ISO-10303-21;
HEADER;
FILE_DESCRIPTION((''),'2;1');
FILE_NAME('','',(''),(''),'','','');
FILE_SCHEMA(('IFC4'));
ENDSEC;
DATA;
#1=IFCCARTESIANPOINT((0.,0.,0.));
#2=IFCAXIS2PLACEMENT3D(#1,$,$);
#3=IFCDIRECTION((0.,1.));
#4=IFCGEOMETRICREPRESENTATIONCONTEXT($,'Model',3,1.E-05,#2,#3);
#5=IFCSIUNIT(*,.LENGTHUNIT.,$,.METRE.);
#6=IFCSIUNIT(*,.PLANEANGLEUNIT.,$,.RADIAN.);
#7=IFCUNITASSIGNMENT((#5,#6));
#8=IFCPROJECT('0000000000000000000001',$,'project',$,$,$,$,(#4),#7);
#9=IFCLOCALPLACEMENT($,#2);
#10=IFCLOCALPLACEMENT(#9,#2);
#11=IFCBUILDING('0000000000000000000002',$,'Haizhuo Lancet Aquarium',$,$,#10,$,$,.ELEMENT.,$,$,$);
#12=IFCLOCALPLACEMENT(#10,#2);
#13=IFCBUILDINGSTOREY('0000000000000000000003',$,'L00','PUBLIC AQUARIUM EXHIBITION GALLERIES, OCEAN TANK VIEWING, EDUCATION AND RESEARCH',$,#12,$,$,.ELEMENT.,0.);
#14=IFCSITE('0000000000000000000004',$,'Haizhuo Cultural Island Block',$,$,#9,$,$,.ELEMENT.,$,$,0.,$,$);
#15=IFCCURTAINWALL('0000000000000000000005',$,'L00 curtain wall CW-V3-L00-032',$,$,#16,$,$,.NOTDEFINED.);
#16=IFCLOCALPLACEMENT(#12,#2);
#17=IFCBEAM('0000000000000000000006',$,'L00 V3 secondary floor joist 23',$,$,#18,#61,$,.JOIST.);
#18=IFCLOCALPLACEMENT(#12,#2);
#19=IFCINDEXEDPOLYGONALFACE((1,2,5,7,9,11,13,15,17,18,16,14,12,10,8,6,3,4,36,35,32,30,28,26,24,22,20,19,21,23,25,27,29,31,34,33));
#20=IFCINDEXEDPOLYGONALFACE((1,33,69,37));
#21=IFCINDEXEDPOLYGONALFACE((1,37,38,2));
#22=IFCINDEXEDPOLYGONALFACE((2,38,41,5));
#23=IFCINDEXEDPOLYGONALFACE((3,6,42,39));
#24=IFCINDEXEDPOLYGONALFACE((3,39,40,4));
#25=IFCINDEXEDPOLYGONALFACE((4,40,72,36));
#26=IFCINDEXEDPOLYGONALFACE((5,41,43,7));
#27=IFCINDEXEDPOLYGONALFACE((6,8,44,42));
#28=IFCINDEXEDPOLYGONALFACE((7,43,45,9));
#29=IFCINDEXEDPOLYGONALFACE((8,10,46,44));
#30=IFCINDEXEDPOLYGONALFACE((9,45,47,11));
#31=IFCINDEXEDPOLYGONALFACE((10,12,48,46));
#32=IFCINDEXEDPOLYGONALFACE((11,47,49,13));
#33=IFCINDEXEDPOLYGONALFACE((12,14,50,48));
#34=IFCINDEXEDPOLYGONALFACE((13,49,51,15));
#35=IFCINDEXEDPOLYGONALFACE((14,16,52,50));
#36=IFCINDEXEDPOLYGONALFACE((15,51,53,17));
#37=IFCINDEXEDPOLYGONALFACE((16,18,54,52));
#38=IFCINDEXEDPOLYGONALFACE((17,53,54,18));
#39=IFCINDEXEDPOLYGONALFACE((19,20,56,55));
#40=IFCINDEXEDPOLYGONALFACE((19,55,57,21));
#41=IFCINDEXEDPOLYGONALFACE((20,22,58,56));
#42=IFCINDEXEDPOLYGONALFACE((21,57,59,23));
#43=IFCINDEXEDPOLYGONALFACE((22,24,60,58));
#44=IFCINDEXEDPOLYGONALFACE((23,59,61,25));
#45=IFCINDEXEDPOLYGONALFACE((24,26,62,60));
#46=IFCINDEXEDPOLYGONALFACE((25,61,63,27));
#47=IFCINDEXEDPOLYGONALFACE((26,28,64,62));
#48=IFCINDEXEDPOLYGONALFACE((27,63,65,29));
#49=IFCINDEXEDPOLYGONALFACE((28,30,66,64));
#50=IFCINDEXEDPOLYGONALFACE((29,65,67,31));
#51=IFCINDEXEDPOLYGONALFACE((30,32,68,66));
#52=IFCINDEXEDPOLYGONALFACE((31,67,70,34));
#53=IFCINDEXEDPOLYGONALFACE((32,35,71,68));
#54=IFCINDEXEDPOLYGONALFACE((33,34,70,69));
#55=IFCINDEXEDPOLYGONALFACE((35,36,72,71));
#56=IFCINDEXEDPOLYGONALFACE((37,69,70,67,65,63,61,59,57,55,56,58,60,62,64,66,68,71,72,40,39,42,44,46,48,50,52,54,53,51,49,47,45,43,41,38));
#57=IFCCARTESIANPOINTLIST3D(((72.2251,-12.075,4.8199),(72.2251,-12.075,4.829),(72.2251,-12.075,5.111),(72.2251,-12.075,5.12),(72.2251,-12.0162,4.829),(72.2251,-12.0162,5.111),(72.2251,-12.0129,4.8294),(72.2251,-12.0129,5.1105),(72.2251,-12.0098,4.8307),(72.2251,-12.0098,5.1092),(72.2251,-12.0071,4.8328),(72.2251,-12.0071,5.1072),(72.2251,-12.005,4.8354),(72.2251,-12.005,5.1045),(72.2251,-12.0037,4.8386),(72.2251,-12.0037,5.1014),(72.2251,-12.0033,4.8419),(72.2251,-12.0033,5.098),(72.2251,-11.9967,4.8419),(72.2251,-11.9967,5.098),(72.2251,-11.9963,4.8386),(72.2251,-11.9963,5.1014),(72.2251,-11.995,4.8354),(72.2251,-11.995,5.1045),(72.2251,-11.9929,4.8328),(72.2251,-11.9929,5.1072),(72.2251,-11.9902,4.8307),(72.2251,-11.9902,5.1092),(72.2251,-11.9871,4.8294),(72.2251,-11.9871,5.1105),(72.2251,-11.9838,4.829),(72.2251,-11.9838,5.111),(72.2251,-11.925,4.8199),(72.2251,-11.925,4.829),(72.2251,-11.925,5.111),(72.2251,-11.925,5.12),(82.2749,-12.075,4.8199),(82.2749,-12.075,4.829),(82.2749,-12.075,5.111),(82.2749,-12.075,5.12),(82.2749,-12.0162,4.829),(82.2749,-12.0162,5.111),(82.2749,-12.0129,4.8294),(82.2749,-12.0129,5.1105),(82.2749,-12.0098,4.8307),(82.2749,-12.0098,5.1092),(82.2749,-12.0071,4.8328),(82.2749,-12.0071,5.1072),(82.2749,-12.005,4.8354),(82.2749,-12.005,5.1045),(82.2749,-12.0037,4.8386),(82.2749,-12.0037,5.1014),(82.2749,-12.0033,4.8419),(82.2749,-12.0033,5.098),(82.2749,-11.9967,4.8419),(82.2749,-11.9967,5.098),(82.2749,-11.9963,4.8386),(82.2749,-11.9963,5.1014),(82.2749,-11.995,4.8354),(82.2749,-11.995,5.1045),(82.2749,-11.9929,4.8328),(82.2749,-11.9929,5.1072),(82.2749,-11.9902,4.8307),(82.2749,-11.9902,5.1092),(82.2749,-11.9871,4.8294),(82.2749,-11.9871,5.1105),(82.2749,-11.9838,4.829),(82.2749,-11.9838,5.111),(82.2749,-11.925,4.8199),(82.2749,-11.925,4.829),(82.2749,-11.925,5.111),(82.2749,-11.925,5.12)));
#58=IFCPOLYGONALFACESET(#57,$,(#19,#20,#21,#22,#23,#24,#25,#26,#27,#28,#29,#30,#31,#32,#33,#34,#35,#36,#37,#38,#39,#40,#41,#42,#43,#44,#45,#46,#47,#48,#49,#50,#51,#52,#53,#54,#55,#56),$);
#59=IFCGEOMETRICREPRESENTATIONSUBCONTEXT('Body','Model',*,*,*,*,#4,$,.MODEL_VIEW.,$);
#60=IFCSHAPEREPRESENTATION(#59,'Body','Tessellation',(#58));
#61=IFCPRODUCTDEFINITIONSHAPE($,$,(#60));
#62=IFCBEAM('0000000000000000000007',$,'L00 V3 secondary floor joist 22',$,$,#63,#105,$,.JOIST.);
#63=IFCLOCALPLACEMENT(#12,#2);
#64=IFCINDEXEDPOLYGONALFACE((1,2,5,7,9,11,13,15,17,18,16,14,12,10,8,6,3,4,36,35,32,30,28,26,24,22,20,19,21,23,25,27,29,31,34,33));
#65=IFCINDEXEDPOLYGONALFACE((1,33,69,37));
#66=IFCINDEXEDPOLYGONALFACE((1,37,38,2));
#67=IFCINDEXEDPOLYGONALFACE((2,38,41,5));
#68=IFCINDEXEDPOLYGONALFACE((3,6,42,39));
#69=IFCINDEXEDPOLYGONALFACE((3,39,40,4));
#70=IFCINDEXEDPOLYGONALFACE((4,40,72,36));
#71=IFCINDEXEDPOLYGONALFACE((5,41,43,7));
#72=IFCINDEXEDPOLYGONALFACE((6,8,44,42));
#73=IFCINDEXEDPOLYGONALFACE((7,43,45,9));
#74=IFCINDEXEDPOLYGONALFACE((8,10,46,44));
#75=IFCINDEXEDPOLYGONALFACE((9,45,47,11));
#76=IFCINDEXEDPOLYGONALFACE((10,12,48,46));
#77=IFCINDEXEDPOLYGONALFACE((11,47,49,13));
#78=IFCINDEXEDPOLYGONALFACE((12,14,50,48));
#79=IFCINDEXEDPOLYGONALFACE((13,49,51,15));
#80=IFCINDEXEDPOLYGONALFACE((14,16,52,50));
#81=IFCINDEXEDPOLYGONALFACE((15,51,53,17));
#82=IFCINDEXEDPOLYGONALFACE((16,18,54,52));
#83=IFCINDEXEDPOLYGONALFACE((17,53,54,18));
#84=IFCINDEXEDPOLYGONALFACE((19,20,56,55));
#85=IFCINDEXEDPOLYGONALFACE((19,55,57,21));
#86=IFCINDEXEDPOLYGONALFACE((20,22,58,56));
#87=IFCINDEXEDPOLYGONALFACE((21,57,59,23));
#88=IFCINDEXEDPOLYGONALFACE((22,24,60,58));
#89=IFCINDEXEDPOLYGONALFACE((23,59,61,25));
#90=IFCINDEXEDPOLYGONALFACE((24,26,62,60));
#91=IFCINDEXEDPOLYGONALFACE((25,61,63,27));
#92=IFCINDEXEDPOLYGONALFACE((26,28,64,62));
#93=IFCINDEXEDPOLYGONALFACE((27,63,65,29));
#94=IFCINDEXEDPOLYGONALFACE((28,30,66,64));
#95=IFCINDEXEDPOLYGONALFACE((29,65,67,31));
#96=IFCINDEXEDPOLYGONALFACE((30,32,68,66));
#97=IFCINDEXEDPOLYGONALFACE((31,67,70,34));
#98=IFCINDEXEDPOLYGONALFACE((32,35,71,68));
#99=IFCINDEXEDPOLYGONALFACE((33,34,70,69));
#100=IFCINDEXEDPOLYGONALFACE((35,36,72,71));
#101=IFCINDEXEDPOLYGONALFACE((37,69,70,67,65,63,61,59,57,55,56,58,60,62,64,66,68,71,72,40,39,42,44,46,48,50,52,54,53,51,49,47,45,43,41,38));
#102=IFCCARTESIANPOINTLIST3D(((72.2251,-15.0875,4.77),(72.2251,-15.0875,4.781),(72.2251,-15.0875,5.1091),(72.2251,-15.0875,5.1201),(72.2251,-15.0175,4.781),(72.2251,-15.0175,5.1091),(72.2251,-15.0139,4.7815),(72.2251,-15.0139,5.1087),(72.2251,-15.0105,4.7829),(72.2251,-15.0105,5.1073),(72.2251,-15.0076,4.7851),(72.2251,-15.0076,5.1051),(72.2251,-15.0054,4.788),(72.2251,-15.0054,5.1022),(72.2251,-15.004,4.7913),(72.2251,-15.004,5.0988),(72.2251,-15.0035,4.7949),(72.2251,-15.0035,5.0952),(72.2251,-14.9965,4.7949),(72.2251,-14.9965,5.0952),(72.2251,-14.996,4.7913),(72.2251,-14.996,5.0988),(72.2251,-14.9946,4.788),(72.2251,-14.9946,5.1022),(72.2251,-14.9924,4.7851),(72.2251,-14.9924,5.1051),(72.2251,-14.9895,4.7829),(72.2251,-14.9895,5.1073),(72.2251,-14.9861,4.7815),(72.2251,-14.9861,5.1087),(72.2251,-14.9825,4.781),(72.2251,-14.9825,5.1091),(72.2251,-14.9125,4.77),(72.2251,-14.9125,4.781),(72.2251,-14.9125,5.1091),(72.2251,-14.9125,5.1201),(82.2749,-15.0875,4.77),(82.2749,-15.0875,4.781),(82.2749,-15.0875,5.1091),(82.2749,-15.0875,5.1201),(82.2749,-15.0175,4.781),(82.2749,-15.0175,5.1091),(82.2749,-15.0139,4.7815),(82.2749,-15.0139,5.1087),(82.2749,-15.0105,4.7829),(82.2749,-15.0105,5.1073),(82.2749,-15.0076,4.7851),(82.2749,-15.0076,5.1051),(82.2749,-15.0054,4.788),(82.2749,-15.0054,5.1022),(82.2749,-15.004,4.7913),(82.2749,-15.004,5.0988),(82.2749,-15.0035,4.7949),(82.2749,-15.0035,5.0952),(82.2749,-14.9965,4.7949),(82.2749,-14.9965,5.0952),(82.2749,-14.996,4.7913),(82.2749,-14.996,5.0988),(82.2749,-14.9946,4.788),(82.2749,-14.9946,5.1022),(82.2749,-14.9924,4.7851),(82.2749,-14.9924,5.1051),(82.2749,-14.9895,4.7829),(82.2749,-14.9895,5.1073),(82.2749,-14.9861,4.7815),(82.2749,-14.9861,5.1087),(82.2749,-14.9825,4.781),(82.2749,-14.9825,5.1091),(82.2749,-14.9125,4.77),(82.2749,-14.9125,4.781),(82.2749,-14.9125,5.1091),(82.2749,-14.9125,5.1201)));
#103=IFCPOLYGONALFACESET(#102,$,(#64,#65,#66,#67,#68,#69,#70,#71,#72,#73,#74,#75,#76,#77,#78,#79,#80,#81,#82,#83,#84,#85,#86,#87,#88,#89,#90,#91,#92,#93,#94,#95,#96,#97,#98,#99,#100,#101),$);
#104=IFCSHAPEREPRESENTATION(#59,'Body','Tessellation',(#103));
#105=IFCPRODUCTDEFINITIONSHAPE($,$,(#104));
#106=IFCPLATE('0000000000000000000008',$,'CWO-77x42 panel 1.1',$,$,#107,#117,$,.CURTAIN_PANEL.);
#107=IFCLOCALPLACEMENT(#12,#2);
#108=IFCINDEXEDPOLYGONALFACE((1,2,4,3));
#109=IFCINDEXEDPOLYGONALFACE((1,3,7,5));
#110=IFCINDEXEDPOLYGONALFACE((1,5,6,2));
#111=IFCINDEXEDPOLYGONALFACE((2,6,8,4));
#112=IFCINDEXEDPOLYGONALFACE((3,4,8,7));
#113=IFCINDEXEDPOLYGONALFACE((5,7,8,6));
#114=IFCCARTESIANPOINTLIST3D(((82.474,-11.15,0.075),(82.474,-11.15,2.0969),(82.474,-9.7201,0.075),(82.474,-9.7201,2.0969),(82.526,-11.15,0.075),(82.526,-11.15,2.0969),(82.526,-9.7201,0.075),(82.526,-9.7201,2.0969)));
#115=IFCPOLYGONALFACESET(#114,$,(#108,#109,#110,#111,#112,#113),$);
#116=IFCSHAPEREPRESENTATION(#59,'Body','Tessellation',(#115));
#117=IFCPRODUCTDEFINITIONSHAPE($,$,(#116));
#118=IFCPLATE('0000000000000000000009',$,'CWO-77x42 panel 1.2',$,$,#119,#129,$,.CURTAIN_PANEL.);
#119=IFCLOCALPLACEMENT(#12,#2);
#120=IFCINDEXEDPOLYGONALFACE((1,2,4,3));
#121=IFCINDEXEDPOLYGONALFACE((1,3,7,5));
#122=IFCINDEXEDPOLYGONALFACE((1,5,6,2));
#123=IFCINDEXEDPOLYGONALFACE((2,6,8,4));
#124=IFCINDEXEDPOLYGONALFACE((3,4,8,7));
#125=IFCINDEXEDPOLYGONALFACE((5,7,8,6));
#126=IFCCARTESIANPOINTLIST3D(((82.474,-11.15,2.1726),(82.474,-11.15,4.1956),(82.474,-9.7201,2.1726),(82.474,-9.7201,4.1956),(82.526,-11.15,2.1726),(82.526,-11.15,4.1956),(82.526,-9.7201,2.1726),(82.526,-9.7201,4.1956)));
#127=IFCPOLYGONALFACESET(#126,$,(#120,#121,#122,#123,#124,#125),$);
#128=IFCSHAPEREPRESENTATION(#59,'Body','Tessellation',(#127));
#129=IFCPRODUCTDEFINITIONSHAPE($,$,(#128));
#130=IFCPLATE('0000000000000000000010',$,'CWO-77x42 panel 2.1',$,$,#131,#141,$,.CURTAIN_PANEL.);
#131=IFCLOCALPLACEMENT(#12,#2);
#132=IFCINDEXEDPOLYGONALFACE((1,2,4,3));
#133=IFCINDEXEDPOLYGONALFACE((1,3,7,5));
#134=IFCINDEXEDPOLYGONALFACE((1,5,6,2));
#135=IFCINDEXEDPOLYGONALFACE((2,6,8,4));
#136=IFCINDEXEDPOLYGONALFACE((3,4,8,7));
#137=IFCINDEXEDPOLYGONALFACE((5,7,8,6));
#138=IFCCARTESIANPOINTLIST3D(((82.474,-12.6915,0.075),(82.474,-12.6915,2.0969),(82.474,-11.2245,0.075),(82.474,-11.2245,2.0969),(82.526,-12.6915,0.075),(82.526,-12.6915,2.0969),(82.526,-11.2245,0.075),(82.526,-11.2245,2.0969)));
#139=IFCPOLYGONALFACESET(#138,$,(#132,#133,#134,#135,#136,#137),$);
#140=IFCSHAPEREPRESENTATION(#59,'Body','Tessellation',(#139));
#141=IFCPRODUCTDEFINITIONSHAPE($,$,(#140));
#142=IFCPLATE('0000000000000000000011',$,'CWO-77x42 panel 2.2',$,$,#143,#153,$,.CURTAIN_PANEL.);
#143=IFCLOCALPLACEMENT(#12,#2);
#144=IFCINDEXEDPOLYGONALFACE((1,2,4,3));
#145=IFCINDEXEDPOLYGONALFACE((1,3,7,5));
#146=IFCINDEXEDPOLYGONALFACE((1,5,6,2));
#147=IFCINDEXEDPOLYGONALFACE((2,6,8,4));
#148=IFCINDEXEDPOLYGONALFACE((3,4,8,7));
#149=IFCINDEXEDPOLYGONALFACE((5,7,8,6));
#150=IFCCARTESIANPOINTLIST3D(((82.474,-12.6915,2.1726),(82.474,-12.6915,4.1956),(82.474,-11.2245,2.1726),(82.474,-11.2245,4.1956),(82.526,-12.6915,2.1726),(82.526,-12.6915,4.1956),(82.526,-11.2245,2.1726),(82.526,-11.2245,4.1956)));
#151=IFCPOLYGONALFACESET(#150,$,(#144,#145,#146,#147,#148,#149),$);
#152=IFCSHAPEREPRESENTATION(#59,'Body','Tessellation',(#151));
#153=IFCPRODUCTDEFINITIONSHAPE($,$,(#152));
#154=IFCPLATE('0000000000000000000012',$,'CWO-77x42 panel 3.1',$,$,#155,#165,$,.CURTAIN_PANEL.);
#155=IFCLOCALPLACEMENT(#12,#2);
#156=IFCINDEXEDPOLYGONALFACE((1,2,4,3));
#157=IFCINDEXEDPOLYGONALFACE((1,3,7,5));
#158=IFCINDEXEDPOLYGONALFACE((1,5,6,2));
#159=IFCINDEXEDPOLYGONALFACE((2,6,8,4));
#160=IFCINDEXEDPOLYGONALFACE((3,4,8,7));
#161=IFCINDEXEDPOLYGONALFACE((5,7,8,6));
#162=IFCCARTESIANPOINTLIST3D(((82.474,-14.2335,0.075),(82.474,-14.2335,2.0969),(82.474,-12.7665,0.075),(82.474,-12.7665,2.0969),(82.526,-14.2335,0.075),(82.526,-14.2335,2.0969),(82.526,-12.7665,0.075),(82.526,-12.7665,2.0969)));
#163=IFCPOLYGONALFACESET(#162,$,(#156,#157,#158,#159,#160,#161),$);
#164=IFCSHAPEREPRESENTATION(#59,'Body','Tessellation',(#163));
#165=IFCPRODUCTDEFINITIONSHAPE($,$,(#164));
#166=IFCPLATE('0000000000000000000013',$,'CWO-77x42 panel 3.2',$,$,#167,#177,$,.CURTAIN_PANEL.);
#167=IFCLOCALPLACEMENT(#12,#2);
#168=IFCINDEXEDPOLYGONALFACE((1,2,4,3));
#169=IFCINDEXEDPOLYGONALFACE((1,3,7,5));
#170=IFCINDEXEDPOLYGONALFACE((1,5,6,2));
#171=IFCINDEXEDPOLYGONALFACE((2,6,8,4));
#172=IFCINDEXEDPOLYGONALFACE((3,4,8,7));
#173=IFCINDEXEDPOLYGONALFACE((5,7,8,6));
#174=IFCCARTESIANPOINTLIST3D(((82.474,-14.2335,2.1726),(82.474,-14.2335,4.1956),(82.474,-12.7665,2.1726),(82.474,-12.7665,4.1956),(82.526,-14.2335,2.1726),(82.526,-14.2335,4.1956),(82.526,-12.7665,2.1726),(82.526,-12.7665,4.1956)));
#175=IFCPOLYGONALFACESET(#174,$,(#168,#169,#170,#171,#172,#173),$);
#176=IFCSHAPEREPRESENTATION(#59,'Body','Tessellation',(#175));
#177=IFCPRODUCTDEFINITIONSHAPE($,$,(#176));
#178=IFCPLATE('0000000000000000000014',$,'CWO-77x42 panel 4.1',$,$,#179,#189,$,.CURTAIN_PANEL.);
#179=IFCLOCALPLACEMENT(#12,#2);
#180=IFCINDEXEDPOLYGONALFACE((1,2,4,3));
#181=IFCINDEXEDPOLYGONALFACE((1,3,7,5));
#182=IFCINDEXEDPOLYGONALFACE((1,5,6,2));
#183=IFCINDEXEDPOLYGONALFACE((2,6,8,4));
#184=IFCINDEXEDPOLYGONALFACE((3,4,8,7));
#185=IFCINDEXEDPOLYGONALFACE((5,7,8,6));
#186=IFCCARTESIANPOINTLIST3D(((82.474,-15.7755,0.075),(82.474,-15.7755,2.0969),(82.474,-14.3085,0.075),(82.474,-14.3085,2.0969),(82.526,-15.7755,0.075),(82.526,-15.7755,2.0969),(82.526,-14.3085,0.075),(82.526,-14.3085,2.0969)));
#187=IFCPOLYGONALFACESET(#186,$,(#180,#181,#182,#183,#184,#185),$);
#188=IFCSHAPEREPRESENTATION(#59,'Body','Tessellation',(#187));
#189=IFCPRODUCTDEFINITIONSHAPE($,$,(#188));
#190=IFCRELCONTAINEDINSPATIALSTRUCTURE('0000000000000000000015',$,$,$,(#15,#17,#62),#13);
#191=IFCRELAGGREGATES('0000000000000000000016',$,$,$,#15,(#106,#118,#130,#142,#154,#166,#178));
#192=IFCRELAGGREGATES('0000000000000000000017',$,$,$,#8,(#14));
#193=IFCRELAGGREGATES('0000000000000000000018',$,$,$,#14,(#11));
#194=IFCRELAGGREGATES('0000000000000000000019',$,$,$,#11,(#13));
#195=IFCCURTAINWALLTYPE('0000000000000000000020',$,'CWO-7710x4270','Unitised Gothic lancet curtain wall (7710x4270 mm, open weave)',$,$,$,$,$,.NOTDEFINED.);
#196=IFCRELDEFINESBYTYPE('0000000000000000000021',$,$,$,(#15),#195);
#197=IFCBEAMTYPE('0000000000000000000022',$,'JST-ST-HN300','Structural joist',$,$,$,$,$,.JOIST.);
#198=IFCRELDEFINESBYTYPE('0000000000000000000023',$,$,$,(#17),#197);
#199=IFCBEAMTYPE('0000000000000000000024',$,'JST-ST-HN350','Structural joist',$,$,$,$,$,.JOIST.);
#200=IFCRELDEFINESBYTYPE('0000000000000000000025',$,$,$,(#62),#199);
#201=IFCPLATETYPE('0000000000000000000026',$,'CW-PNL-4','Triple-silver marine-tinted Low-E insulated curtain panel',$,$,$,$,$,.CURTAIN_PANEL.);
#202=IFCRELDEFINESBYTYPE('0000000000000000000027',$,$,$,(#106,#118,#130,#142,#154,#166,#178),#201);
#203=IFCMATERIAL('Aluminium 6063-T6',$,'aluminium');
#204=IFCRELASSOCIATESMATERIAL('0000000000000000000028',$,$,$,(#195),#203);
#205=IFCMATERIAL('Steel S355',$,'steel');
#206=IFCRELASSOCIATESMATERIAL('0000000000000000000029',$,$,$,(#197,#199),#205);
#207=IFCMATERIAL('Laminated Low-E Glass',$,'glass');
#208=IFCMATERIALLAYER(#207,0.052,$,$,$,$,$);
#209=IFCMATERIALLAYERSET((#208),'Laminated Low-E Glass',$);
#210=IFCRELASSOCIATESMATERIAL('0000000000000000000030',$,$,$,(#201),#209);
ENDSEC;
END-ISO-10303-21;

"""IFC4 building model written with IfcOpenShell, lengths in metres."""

from ifc_helpers import new_model, si_unit, direction, frame, origin, origin_2d, place, context, subcontext, project, spatial, rectangle, i_section, extrude, material, layer, layer_set, material_profile, profile_set, type_object, element, aggregate, save


model = new_model("IFC4")

# Units and contexts
model_context = context("Model", 3, precision=1e-05, world=origin(), true_north=direction((0.0, 1.0)))
body_context = subcontext(model_context, "Body", "Model", "MODEL_VIEW")
ifc_project = project(units=[si_unit("LENGTHUNIT", "METRE"), si_unit("PLANEANGLEUNIT", "RADIAN")], contexts=[model_context])

# Site, building, storey
site_placement = place(None, origin())
site = spatial("IfcSite", under=ifc_project, at=site_placement, Name="Haizhuo Cultural Island Block", CompositionType="ELEMENT", RefElevation=0.0)
building_placement = place(site_placement, origin())
building = spatial("IfcBuilding", under=site, at=building_placement, Name="Haizhuo Lancet Aquarium", CompositionType="ELEMENT")
storey_placement = place(building_placement, origin())
storey = spatial("IfcBuildingStorey", under=building, at=storey_placement, Name="L00", Description="PUBLIC AQUARIUM EXHIBITION GALLERIES, OCEAN TANK VIEWING, EDUCATION AND RESEARCH", CompositionType="ELEMENT", Elevation=0.0)

# Curtain wall
ifc_material_1 = material(Name="Aluminium 6063-T6", Category="aluminium")
curtain_wall_type_1 = type_object("IfcCurtainWallType", Name="CWO-7710x4270", Description="Unitised Gothic lancet curtain wall (7710x4270 mm, open weave)", PredefinedType="NOTDEFINED", material=ifc_material_1)
curtain_wall_1_placement = place(storey_placement, origin())
curtain_wall_1 = element("IfcCurtainWall", 1, at=curtain_wall_1_placement, inside=storey, type_object=curtain_wall_type_1, Name="L00 curtain wall CW-V3-L00-032", PredefinedType="NOTDEFINED")

# Beams
ifc_material_2 = material(Name="Steel S355", Category="steel")
ifc_material_profile_1 = material_profile(ifc_material_2, i_section(OverallWidth=0.1499, OverallDepth=0.3, WebThickness=0.0066, FlangeThickness=0.009, FilletRadius=0.0129, at=origin_2d()), Name="HN 300x150x6.5x9")
ifc_profile_set_1 = profile_set([ifc_material_profile_1], Name="Steel S355")
beam_type_1 = type_object("IfcBeamType", Name="JST-ST-HN300", Description="Structural joist", PredefinedType="JOIST", material=ifc_profile_set_1)
beam_1_placement = place(storey_placement, frame((72.2251, -12.0, 4.97), z_axis=(1.0, 0.0, 0.0), x_axis=(0.0, 1.0, 0.0)))
element("IfcBeam", 2, at=beam_1_placement, inside=storey, type_object=beam_type_1, Name="L00 V3 secondary floor joist 23", PredefinedType="JOIST", context=body_context, shape_type="SweptSolid", body=[
    extrude(i_section(OverallWidth=0.1499, OverallDepth=0.3, WebThickness=0.0066, FlangeThickness=0.009, FilletRadius=0.0129, at=origin_2d()), origin(), (0.0, 0.0, 1.0), 10.0498),
])
ifc_material_profile_2 = material_profile(ifc_material_2, i_section(OverallWidth=0.175, OverallDepth=0.3501, WebThickness=0.0071, FlangeThickness=0.011, FilletRadius=0.0139, at=origin_2d()), Name="HN 350x175x7x11")
ifc_profile_set_2 = profile_set([ifc_material_profile_2], Name="Steel S355")
beam_type_2 = type_object("IfcBeamType", Name="JST-ST-HN350", Description="Structural joist", PredefinedType="JOIST", material=ifc_profile_set_2)
beam_2_placement = place(storey_placement, frame((72.2251, -15.0, 4.9451), z_axis=(1.0, 0.0, 0.0), x_axis=(0.0, 1.0, 0.0)))
element("IfcBeam", 3, at=beam_2_placement, inside=storey, type_object=beam_type_2, Name="L00 V3 secondary floor joist 22", PredefinedType="JOIST", context=body_context, shape_type="SweptSolid", body=[
    extrude(i_section(OverallWidth=0.175, OverallDepth=0.3501, WebThickness=0.0071, FlangeThickness=0.011, FilletRadius=0.0139, at=origin_2d()), origin(), (0.0, 0.0, 1.0), 10.0498),
])

# Plates
ifc_material_3 = material(Name="Laminated Low-E Glass", Category="glass")
ifc_layer_1 = layer(ifc_material_3, 0.052)
ifc_layer_set_1 = layer_set([ifc_layer_1], Name="Laminated Low-E Glass")
plate_type = type_object("IfcPlateType", Name="CW-PNL-4", Description="Triple-silver marine-tinted Low-E insulated curtain panel", PredefinedType="CURTAIN_PANEL", material=ifc_layer_set_1)
plate_1_placement = place(storey_placement, frame((82.5, -10.4351, 0.075), z_axis=(0.0, 0.0, 1.0), x_axis=(0.0, -1.0, 0.0)))
plate_1 = element("IfcPlate", 4, at=plate_1_placement, type_object=plate_type, Name="CWO-77x42 panel 1.1", PredefinedType="CURTAIN_PANEL", context=body_context, shape_type="SweptSolid", body=[
    extrude(rectangle(XDim=1.4299, YDim=0.052, at=origin_2d()), origin(), (0.0, 0.0, 1.0), 2.022),
])
plate_2_placement = place(storey_placement, frame((82.5, -10.4351, 2.1726), z_axis=(0.0, 0.0, 1.0), x_axis=(0.0, -1.0, 0.0)))
plate_2 = element("IfcPlate", 5, at=plate_2_placement, type_object=plate_type, Name="CWO-77x42 panel 1.2", PredefinedType="CURTAIN_PANEL", context=body_context, shape_type="SweptSolid", body=[
    extrude(rectangle(XDim=1.4299, YDim=0.052, at=origin_2d()), origin(), (0.0, 0.0, 1.0), 2.0229),
])
plate_3_placement = place(storey_placement, frame((82.5, -11.958, 0.075), z_axis=(0.0, 0.0, 1.0), x_axis=(0.0, -1.0, 0.0)))
plate_3 = element("IfcPlate", 6, at=plate_3_placement, type_object=plate_type, Name="CWO-77x42 panel 2.1", PredefinedType="CURTAIN_PANEL", context=body_context, shape_type="SweptSolid", body=[
    extrude(rectangle(XDim=1.467, YDim=0.052, at=origin_2d()), origin(), (0.0, 0.0, 1.0), 2.022),
])
plate_4_placement = place(storey_placement, frame((82.5, -11.958, 2.1726), z_axis=(0.0, 0.0, 1.0), x_axis=(0.0, -1.0, 0.0)))
plate_4 = element("IfcPlate", 7, at=plate_4_placement, type_object=plate_type, Name="CWO-77x42 panel 2.2", PredefinedType="CURTAIN_PANEL", context=body_context, shape_type="SweptSolid", body=[
    extrude(rectangle(XDim=1.467, YDim=0.052, at=origin_2d()), origin(), (0.0, 0.0, 1.0), 2.0229),
])
plate_5_placement = place(storey_placement, frame((82.5, -13.5, 0.075), z_axis=(0.0, 0.0, 1.0), x_axis=(0.0, -1.0, 0.0)))
plate_5 = element("IfcPlate", 8, at=plate_5_placement, type_object=plate_type, Name="CWO-77x42 panel 3.1", PredefinedType="CURTAIN_PANEL", context=body_context, shape_type="SweptSolid", body=[
    extrude(rectangle(XDim=1.467, YDim=0.052, at=origin_2d()), origin(), (0.0, 0.0, 1.0), 2.022),
])
plate_6_placement = place(storey_placement, frame((82.5, -13.5, 2.1726), z_axis=(0.0, 0.0, 1.0), x_axis=(0.0, -1.0, 0.0)))
plate_6 = element("IfcPlate", 9, at=plate_6_placement, type_object=plate_type, Name="CWO-77x42 panel 3.2", PredefinedType="CURTAIN_PANEL", context=body_context, shape_type="SweptSolid", body=[
    extrude(rectangle(XDim=1.467, YDim=0.052, at=origin_2d()), origin(), (0.0, 0.0, 1.0), 2.0229),
])
plate_7_placement = place(storey_placement, frame((82.5, -15.042, 0.075), z_axis=(0.0, 0.0, 1.0), x_axis=(0.0, -1.0, 0.0)))
plate_7 = element("IfcPlate", 10, at=plate_7_placement, type_object=plate_type, Name="CWO-77x42 panel 4.1", PredefinedType="CURTAIN_PANEL", context=body_context, shape_type="SweptSolid", body=[
    extrude(rectangle(XDim=1.467, YDim=0.052, at=origin_2d()), origin(), (0.0, 0.0, 1.0), 2.022),
])
aggregate(curtain_wall_1, [plate_1, plate_2, plate_3, plate_4, plate_5, plate_6, plate_7])

save(model, "model.ifc")
